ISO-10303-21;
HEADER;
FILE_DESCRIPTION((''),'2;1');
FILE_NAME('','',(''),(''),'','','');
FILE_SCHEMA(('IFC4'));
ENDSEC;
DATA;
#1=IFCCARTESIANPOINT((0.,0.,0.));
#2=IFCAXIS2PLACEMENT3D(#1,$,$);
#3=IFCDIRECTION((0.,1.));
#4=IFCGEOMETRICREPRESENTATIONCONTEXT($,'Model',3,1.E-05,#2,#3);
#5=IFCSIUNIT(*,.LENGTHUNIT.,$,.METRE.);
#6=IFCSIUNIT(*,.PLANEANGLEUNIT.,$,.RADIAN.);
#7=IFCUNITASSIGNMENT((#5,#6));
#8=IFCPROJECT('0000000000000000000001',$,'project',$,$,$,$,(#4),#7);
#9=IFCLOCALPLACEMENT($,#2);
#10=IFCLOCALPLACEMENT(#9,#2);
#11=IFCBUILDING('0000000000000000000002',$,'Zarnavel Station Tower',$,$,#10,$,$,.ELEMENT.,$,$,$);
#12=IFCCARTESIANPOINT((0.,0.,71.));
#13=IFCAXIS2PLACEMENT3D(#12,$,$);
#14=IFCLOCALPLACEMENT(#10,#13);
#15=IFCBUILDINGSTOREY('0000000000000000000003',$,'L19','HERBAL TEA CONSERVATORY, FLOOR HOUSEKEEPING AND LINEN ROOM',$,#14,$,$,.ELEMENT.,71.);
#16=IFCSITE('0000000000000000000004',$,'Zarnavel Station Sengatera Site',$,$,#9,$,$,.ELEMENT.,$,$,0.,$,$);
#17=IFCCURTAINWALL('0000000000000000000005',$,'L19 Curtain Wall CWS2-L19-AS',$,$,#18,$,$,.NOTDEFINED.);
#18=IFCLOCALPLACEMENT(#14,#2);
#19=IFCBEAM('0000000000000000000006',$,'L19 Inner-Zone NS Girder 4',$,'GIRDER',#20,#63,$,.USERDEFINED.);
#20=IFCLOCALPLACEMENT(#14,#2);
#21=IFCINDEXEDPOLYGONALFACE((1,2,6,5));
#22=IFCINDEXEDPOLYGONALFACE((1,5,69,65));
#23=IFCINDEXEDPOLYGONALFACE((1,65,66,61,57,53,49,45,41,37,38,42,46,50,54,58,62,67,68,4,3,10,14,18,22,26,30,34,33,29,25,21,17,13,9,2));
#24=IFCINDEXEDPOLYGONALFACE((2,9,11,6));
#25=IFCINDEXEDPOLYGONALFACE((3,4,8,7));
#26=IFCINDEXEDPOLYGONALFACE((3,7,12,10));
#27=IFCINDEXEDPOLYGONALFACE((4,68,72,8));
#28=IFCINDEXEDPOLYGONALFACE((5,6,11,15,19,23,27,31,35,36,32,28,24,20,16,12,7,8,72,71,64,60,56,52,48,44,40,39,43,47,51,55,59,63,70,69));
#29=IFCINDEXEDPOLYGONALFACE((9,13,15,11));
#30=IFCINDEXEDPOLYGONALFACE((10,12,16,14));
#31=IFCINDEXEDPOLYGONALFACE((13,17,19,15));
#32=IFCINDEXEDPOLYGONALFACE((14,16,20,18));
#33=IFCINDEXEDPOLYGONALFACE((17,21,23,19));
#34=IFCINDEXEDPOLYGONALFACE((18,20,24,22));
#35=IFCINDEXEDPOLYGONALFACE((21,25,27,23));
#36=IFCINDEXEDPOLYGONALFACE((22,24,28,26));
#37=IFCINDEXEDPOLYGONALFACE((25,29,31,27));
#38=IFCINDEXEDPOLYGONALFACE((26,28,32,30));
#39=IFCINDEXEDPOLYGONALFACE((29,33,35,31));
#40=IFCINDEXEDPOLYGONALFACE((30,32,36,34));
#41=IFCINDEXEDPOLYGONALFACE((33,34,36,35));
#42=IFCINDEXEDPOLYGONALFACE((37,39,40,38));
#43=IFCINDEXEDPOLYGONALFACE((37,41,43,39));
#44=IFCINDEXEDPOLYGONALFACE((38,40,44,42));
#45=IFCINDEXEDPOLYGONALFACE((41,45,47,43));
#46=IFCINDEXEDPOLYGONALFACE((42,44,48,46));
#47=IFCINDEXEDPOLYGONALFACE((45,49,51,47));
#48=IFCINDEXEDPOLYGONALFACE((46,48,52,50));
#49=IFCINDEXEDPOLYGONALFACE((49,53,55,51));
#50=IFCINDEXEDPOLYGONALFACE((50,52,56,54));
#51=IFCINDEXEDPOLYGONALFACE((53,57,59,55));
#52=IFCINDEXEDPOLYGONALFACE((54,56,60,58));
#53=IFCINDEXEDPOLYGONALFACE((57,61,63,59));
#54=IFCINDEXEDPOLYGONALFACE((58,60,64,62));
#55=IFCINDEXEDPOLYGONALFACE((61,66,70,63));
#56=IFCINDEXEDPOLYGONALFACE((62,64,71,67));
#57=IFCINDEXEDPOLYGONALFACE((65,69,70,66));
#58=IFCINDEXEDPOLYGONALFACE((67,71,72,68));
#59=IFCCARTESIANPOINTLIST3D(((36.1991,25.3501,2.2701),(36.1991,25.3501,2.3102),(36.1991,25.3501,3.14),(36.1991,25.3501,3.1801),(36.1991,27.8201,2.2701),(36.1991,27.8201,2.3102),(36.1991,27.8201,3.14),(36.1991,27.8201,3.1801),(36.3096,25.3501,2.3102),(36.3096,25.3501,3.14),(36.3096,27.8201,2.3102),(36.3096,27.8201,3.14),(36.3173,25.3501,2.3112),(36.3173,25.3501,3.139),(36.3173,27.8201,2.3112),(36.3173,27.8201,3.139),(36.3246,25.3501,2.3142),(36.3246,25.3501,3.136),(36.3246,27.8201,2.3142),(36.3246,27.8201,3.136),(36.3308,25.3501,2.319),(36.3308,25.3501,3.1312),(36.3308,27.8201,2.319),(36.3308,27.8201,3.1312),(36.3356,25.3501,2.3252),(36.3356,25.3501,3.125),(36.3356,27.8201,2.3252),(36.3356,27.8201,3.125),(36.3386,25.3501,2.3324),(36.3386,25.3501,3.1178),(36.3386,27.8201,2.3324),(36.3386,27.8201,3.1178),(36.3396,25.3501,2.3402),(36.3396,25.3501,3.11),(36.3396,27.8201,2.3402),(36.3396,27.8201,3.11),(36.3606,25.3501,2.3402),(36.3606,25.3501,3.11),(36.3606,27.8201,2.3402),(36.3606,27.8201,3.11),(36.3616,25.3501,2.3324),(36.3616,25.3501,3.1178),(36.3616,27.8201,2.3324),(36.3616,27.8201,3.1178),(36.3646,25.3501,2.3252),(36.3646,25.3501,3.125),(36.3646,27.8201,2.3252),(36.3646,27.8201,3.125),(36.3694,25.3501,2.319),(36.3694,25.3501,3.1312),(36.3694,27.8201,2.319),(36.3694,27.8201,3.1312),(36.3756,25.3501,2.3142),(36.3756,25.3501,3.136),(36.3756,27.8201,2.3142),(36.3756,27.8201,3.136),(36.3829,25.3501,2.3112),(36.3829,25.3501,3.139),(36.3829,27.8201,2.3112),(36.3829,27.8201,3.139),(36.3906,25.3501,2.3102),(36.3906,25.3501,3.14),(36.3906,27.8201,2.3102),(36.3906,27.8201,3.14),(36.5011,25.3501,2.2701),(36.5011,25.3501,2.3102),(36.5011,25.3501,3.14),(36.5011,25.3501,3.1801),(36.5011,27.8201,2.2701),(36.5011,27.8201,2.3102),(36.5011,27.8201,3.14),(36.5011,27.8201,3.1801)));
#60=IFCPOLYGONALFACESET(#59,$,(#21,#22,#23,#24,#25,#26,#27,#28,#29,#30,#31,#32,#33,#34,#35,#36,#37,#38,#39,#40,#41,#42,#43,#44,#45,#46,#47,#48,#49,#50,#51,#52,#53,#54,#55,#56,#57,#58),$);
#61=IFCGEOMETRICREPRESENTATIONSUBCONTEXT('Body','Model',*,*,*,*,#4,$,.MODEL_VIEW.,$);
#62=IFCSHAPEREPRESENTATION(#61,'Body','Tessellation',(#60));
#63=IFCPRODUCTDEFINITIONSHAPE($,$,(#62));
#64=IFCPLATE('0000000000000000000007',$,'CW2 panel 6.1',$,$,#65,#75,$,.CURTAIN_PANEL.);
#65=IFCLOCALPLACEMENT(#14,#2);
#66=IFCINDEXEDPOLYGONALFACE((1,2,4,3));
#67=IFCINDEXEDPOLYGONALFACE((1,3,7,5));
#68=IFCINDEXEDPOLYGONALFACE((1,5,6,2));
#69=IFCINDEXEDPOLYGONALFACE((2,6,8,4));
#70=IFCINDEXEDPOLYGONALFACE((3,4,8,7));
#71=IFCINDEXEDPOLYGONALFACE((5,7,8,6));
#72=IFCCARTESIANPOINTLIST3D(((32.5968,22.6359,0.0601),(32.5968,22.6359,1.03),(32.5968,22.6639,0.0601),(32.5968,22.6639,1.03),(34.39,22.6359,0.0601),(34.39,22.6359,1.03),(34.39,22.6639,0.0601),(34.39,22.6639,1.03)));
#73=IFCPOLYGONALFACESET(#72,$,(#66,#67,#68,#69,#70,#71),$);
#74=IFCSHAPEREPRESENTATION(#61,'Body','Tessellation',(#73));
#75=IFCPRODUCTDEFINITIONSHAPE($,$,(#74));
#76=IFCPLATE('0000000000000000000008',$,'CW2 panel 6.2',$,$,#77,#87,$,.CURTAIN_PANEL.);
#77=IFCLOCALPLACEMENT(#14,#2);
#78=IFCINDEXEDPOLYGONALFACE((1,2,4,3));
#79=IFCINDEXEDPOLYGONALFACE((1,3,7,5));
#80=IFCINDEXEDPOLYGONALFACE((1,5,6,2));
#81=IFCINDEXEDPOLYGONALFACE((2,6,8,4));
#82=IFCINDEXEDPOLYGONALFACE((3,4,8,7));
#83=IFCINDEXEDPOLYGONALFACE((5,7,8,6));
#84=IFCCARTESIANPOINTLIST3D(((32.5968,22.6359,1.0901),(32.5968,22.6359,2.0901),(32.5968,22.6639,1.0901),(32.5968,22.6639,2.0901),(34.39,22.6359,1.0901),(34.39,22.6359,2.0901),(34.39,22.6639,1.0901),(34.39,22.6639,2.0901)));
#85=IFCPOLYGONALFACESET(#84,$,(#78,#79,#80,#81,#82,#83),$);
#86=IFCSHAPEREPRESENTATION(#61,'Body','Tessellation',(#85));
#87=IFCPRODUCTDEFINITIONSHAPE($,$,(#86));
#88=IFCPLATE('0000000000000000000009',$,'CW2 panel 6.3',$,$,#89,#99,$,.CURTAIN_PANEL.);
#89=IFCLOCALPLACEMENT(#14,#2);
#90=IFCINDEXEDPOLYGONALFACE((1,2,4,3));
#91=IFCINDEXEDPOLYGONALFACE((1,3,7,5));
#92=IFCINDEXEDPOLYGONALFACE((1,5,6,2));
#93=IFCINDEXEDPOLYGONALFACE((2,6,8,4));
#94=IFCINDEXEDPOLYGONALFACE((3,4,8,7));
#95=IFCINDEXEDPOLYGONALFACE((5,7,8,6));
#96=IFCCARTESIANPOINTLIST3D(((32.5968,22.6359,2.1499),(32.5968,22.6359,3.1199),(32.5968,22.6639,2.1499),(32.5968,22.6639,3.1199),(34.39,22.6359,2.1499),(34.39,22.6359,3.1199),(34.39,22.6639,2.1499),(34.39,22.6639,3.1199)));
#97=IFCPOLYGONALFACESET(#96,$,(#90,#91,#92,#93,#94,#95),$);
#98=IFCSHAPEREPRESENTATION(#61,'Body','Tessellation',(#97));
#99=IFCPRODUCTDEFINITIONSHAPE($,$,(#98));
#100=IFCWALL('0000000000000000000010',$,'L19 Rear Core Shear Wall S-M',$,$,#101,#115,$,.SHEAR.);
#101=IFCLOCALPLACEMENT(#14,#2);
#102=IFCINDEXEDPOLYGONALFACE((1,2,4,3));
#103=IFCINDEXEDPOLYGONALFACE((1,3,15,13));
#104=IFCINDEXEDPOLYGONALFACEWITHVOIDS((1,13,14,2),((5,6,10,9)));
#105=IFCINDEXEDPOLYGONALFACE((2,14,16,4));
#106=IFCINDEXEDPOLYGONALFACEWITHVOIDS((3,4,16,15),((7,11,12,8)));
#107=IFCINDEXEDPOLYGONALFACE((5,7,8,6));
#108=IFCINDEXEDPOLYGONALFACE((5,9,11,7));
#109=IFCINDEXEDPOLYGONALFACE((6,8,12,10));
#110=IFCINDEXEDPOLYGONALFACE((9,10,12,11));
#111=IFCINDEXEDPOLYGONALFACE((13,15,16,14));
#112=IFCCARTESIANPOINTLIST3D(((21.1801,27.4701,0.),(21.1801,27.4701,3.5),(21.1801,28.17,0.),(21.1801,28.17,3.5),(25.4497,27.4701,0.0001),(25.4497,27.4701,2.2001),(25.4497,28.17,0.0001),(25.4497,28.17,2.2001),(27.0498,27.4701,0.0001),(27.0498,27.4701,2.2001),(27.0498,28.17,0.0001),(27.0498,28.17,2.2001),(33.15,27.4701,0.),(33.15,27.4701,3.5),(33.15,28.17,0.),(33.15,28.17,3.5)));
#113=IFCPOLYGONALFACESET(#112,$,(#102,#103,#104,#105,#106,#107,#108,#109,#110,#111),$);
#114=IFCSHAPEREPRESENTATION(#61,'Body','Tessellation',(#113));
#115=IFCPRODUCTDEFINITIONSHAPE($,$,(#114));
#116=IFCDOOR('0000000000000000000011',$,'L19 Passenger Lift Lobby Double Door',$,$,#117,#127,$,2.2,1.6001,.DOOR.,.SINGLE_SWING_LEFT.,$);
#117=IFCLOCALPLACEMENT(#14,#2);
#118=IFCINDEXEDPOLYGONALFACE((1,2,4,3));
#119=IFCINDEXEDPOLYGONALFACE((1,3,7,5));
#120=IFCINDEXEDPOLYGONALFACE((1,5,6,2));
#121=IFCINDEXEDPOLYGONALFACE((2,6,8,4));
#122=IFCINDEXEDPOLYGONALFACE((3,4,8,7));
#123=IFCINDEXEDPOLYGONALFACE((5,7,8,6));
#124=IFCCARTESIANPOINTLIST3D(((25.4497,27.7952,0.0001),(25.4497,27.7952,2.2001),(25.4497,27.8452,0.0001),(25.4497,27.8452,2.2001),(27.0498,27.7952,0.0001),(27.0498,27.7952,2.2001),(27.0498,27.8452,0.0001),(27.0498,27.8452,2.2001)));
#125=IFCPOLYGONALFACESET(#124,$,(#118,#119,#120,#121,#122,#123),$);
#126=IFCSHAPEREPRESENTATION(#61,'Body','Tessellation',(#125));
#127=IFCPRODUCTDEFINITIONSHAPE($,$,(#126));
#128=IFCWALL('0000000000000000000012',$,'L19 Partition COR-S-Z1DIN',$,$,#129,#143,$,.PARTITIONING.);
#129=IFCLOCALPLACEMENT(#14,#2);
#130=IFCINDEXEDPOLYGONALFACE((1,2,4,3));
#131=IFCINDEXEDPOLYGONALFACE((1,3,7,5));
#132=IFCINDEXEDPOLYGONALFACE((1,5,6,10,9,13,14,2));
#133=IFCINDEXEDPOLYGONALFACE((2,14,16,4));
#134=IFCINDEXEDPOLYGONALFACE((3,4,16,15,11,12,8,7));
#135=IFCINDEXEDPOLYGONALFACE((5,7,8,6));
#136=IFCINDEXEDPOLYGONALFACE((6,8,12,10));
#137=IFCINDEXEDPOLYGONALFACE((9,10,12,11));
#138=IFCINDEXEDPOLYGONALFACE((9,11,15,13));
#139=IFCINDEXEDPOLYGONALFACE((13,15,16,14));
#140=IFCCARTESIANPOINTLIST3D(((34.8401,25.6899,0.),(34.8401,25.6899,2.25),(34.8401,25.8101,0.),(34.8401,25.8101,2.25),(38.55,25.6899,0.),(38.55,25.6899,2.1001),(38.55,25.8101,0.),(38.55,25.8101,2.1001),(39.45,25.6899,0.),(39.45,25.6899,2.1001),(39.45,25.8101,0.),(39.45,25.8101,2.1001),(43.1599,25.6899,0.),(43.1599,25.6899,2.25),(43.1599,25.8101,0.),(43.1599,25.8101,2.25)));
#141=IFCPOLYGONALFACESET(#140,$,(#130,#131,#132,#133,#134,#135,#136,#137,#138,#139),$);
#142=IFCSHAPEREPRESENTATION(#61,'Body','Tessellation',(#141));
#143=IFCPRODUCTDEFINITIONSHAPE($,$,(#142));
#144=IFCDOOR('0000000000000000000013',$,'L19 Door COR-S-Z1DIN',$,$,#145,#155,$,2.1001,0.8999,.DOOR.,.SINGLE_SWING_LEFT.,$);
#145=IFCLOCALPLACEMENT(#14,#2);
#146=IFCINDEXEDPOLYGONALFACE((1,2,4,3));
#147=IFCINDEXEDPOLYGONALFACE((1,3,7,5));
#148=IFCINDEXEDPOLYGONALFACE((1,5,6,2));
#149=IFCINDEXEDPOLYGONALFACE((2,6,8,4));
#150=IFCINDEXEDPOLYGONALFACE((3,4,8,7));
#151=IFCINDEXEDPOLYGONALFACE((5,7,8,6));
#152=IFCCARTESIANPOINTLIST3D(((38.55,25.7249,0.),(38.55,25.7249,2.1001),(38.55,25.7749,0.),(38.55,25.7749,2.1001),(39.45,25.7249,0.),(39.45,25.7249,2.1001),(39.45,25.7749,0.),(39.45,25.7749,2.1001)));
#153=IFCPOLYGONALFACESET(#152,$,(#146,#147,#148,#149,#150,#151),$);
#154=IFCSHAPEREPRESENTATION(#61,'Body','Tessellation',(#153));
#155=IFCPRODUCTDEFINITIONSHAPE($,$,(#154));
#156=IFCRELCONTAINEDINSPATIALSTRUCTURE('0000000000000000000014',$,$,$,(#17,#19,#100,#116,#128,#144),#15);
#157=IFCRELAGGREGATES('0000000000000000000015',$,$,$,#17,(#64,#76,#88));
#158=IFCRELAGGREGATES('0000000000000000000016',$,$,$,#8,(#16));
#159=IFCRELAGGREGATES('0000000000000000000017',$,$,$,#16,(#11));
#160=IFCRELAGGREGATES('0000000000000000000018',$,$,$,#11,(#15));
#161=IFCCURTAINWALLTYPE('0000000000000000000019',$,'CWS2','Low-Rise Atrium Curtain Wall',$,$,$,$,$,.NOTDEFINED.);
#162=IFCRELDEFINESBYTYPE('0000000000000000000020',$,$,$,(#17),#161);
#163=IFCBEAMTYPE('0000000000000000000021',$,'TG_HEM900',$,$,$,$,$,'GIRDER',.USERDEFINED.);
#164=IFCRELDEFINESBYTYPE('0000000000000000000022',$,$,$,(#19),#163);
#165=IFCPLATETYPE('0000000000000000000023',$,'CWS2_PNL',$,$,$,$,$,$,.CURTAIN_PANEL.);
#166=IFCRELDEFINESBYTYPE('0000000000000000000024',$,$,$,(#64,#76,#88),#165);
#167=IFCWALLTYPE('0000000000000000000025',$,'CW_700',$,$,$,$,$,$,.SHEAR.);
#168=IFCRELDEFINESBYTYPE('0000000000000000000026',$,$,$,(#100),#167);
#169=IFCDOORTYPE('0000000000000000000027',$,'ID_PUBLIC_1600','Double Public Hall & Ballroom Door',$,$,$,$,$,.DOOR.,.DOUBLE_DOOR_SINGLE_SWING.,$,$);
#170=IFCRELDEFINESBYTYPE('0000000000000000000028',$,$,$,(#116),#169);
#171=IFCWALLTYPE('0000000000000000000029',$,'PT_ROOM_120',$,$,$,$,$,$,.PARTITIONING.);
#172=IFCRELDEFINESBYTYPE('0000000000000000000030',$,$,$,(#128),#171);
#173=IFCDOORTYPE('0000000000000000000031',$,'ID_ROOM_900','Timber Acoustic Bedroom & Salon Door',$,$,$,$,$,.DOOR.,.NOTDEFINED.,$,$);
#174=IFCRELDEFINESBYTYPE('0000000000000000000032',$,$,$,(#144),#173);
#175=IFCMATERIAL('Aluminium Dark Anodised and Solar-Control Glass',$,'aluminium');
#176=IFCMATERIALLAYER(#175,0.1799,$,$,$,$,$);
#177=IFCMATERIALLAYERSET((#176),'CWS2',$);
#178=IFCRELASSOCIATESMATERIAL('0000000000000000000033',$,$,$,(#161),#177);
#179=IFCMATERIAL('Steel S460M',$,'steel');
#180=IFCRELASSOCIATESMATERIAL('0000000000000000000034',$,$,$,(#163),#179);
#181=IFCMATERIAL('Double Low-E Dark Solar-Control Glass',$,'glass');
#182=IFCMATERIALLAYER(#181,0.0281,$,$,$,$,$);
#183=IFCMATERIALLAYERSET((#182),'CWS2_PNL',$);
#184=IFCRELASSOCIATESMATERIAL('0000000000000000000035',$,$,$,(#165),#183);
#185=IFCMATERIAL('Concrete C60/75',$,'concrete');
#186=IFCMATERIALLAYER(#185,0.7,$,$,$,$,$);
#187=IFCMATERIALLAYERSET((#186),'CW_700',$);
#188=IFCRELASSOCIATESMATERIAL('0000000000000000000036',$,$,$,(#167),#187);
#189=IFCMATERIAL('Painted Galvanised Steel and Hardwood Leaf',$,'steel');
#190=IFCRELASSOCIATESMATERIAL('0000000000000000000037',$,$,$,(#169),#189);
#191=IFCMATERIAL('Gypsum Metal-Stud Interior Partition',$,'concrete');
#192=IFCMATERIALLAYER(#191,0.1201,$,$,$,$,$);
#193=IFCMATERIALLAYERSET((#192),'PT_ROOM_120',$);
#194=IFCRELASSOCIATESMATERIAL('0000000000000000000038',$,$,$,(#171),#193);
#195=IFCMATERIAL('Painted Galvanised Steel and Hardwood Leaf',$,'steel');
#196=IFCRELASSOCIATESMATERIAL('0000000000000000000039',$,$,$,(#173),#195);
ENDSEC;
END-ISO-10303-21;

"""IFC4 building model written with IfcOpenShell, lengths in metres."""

from ifc_helpers import new_model, si_unit, direction, frame, frame_2d, origin, origin_2d, place, context, subcontext, project, spatial, rectangle, i_section, extrude, material, layer, layer_set, material_profile, profile_set, type_object, element, fill, aggregate, save


model = new_model("IFC4")

# Units and contexts
model_context = context("Model", 3, precision=1e-05, world=origin(), true_north=direction((0.0, 1.0)))
body_context = subcontext(model_context, "Body", "Model", "MODEL_VIEW")
ifc_project = project(units=[si_unit("LENGTHUNIT", "METRE"), si_unit("PLANEANGLEUNIT", "RADIAN")], contexts=[model_context])

# Site, building, storey
site_placement = place(None, origin())
site = spatial("IfcSite", under=ifc_project, at=site_placement, Name="Zarnavel Station Sengatera Site", CompositionType="ELEMENT", RefElevation=0.0)
building_placement = place(site_placement, origin())
building = spatial("IfcBuilding", under=site, at=building_placement, Name="Zarnavel Station Tower", CompositionType="ELEMENT")
storey_placement = place(building_placement, frame((0.0, 0.0, 71.0)))
storey = spatial("IfcBuildingStorey", under=building, at=storey_placement, Name="L19", Description="HERBAL TEA CONSERVATORY, FLOOR HOUSEKEEPING AND LINEN ROOM", CompositionType="ELEMENT", Elevation=71.0)

# Curtain wall
ifc_material_1 = material(Name="Aluminium Dark Anodised and Solar-Control Glass", Category="aluminium")
ifc_layer_1 = layer(ifc_material_1, 0.1799)
ifc_layer_set_1 = layer_set([ifc_layer_1], Name="CWS2")
curtain_wall_type = type_object("IfcCurtainWallType", Name="CWS2", Description="Low-Rise Atrium Curtain Wall", PredefinedType="NOTDEFINED", material=ifc_layer_set_1)
curtain_wall_placement = place(storey_placement, origin())
curtain_wall = element("IfcCurtainWall", 1, at=curtain_wall_placement, inside=storey, type_object=curtain_wall_type, Name="L19 Curtain Wall CWS2-L19-AS", PredefinedType="NOTDEFINED")

# Beam
ifc_material_2 = material(Name="Steel S460M", Category="steel")
ifc_material_profile_1 = material_profile(ifc_material_2, i_section(OverallWidth=0.302, OverallDepth=0.9099, WebThickness=0.021, FlangeThickness=0.04, FilletRadius=0.03, at=origin_2d()), Name="HEM900")
ifc_profile_set_1 = profile_set([ifc_material_profile_1], Name="Steel S460M")
beam_type_1 = type_object("IfcBeamType", Name="TG_HEM900", ElementType="GIRDER", PredefinedType="USERDEFINED", material=ifc_profile_set_1)
beam_1_placement = place(storey_placement, frame((36.3501, 25.3501, 2.7251), z_axis=(0.0, 1.0, 0.0), x_axis=(-1.0, 0.0, 0.0)))
element("IfcBeam", 2, at=beam_1_placement, inside=storey, type_object=beam_type_1, Name="L19 Inner-Zone NS Girder 4", ObjectType="GIRDER", PredefinedType="USERDEFINED", context=body_context, shape_type="SweptSolid", body=[
    extrude(i_section(OverallWidth=0.302, OverallDepth=0.9099, WebThickness=0.021, FlangeThickness=0.04, FilletRadius=0.03, at=origin_2d()), origin(), (0.0, 0.0, 1.0), 2.47),
])

# Plates
ifc_material_3 = material(Name="Double Low-E Dark Solar-Control Glass", Category="glass")
ifc_layer_2 = layer(ifc_material_3, 0.0281)
ifc_layer_set_2 = layer_set([ifc_layer_2], Name="CWS2_PNL")
plate_type = type_object("IfcPlateType", Name="CWS2_PNL", PredefinedType="CURTAIN_PANEL", material=ifc_layer_set_2)
plate_1_placement = place(storey_placement, frame((33.4934, 22.6499, 0.0601), z_axis=(0.0, 0.0, 1.0), x_axis=(1.0, 0.0, 0.0)))
plate_1 = element("IfcPlate", 3, at=plate_1_placement, type_object=plate_type, Name="CW2 panel 6.1", PredefinedType="CURTAIN_PANEL", context=body_context, shape_type="SweptSolid", body=[
    extrude(rectangle(XDim=1.7932, YDim=0.0281, at=origin_2d()), origin(), (0.0, 0.0, 1.0), 0.97),
])
plate_2_placement = place(storey_placement, frame((33.4934, 22.6499, 1.0901), z_axis=(0.0, 0.0, 1.0), x_axis=(1.0, 0.0, 0.0)))
plate_2 = element("IfcPlate", 4, at=plate_2_placement, type_object=plate_type, Name="CW2 panel 6.2", PredefinedType="CURTAIN_PANEL", context=body_context, shape_type="SweptSolid", body=[
    extrude(rectangle(XDim=1.7932, YDim=0.0281, at=origin_2d()), origin(), (0.0, 0.0, 1.0), 1.0),
])
plate_3_placement = place(storey_placement, frame((33.4934, 22.6499, 2.1499), z_axis=(0.0, 0.0, 1.0), x_axis=(1.0, 0.0, 0.0)))
plate_3 = element("IfcPlate", 5, at=plate_3_placement, type_object=plate_type, Name="CW2 panel 6.3", PredefinedType="CURTAIN_PANEL", context=body_context, shape_type="SweptSolid", body=[
    extrude(rectangle(XDim=1.7932, YDim=0.0281, at=origin_2d()), origin(), (0.0, 0.0, 1.0), 0.97),
])
aggregate(curtain_wall, [plate_1, plate_2, plate_3])

# Walls, openings, doors
ifc_material_4 = material(Name="Concrete C60/75", Category="concrete")
ifc_layer_3 = layer(ifc_material_4, 0.7)
ifc_layer_set_3 = layer_set([ifc_layer_3], Name="CW_700")
wall_type_1 = type_object("IfcWallType", Name="CW_700", PredefinedType="SHEAR", material=ifc_layer_set_3)
wall_1_placement = place(storey_placement, frame((33.1499, 27.8201, 0.0), z_axis=(0.0, 0.0, 1.0), x_axis=(-1.0, 0.0, 0.0)))
wall_1 = element("IfcWall", 6, at=wall_1_placement, inside=storey, type_object=wall_type_1, Name="L19 Rear Core Shear Wall S-M", PredefinedType="SHEAR", context=body_context, shape_type="SweptSolid", body=[
    extrude(rectangle(XDim=11.97, YDim=0.7, at=frame_2d((5.9849, 0.0))), origin(), (0.0, 0.0, 1.0), 3.5),
])
opening_1_placement = place(wall_1_placement, frame((6.1001, 0.0, 0.0)))
opening_1 = element("IfcOpeningElement", 7, at=opening_1_placement, cuts=wall_1, PredefinedType="OPENING", context=body_context, shape_type="SweptSolid", body=[
    extrude(rectangle(XDim=1.6001, YDim=2.2, at=frame_2d((0.8, 1.1001))), frame((0.0, 0.3599, 0.0), z_axis=(0.0, -1.0, 0.0), x_axis=(1.0, 0.0, 0.0)), (0.0, 0.0, 1.0), 0.72),
])
ifc_material_5 = material(Name="Painted Galvanised Steel and Hardwood Leaf", Category="steel")
door_type_1 = type_object("IfcDoorType", Name="ID_PUBLIC_1600", Description="Double Public Hall & Ballroom Door", OperationType="DOUBLE_DOOR_SINGLE_SWING", PredefinedType="DOOR", material=ifc_material_5)
door_1_placement = place(opening_1_placement, origin())
door_1 = element("IfcDoor", 8, at=door_1_placement, inside=storey, type_object=door_type_1, Name="L19 Passenger Lift Lobby Double Door", OperationType="SINGLE_SWING_LEFT", OverallHeight=2.2, OverallWidth=1.6001, PredefinedType="DOOR", context=body_context, shape_type="SweptSolid", body=[
    extrude(rectangle(XDim=1.6001, YDim=2.2, at=frame_2d((0.8, 1.1001))), frame((0.0, 0.0249, 0.0), z_axis=(0.0, -1.0, 0.0), x_axis=(1.0, 0.0, 0.0)), (0.0, 0.0, 1.0), 0.05),
])
fill(opening_1, door_1)
ifc_material_6 = material(Name="Gypsum Metal-Stud Interior Partition", Category="concrete")
ifc_layer_4 = layer(ifc_material_6, 0.1201)
ifc_layer_set_4 = layer_set([ifc_layer_4], Name="PT_ROOM_120")
wall_type_2 = type_object("IfcWallType", Name="PT_ROOM_120", PredefinedType="PARTITIONING", material=ifc_layer_set_4)
wall_2_placement = place(storey_placement, frame((34.8401, 25.75, 0.0), z_axis=(0.0, 0.0, 1.0), x_axis=(1.0, 0.0, 0.0)))
wall_2 = element("IfcWall", 9, at=wall_2_placement, inside=storey, type_object=wall_type_2, Name="L19 Partition COR-S-Z1DIN", PredefinedType="PARTITIONING", context=body_context, shape_type="SweptSolid", body=[
    extrude(rectangle(XDim=8.3198, YDim=0.1201, at=frame_2d((4.1599, 0.0))), origin(), (0.0, 0.0, 1.0), 2.25),
])
opening_2_placement = place(wall_2_placement, frame((3.71, 0.0, 0.0)))
opening_2 = element("IfcOpeningElement", 10, at=opening_2_placement, cuts=wall_2, PredefinedType="OPENING", context=body_context, shape_type="SweptSolid", body=[
    extrude(rectangle(XDim=0.8999, YDim=2.1001, at=frame_2d((0.45, 1.05))), frame((0.0, 0.0701, 0.0), z_axis=(0.0, -1.0, 0.0), x_axis=(1.0, 0.0, 0.0)), (0.0, 0.0, 1.0), 0.1401),
])
ifc_material_7 = material(Name="Painted Galvanised Steel and Hardwood Leaf", Category="steel")
door_type_2 = type_object("IfcDoorType", Name="ID_ROOM_900", Description="Timber Acoustic Bedroom & Salon Door", OperationType="NOTDEFINED", PredefinedType="DOOR", material=ifc_material_7)
door_2_placement = place(opening_2_placement, origin())
door_2 = element("IfcDoor", 11, at=door_2_placement, inside=storey, type_object=door_type_2, Name="L19 Door COR-S-Z1DIN", OperationType="SINGLE_SWING_LEFT", OverallHeight=2.1001, OverallWidth=0.8999, PredefinedType="DOOR", context=body_context, shape_type="SweptSolid", body=[
    extrude(rectangle(XDim=0.8999, YDim=2.1001, at=frame_2d((0.45, 1.05))), frame((0.0, 0.0249, 0.0), z_axis=(0.0, -1.0, 0.0), x_axis=(1.0, 0.0, 0.0)), (0.0, 0.0, 1.0), 0.05),
])
fill(opening_2, door_2)

save(model, "model.ifc")
